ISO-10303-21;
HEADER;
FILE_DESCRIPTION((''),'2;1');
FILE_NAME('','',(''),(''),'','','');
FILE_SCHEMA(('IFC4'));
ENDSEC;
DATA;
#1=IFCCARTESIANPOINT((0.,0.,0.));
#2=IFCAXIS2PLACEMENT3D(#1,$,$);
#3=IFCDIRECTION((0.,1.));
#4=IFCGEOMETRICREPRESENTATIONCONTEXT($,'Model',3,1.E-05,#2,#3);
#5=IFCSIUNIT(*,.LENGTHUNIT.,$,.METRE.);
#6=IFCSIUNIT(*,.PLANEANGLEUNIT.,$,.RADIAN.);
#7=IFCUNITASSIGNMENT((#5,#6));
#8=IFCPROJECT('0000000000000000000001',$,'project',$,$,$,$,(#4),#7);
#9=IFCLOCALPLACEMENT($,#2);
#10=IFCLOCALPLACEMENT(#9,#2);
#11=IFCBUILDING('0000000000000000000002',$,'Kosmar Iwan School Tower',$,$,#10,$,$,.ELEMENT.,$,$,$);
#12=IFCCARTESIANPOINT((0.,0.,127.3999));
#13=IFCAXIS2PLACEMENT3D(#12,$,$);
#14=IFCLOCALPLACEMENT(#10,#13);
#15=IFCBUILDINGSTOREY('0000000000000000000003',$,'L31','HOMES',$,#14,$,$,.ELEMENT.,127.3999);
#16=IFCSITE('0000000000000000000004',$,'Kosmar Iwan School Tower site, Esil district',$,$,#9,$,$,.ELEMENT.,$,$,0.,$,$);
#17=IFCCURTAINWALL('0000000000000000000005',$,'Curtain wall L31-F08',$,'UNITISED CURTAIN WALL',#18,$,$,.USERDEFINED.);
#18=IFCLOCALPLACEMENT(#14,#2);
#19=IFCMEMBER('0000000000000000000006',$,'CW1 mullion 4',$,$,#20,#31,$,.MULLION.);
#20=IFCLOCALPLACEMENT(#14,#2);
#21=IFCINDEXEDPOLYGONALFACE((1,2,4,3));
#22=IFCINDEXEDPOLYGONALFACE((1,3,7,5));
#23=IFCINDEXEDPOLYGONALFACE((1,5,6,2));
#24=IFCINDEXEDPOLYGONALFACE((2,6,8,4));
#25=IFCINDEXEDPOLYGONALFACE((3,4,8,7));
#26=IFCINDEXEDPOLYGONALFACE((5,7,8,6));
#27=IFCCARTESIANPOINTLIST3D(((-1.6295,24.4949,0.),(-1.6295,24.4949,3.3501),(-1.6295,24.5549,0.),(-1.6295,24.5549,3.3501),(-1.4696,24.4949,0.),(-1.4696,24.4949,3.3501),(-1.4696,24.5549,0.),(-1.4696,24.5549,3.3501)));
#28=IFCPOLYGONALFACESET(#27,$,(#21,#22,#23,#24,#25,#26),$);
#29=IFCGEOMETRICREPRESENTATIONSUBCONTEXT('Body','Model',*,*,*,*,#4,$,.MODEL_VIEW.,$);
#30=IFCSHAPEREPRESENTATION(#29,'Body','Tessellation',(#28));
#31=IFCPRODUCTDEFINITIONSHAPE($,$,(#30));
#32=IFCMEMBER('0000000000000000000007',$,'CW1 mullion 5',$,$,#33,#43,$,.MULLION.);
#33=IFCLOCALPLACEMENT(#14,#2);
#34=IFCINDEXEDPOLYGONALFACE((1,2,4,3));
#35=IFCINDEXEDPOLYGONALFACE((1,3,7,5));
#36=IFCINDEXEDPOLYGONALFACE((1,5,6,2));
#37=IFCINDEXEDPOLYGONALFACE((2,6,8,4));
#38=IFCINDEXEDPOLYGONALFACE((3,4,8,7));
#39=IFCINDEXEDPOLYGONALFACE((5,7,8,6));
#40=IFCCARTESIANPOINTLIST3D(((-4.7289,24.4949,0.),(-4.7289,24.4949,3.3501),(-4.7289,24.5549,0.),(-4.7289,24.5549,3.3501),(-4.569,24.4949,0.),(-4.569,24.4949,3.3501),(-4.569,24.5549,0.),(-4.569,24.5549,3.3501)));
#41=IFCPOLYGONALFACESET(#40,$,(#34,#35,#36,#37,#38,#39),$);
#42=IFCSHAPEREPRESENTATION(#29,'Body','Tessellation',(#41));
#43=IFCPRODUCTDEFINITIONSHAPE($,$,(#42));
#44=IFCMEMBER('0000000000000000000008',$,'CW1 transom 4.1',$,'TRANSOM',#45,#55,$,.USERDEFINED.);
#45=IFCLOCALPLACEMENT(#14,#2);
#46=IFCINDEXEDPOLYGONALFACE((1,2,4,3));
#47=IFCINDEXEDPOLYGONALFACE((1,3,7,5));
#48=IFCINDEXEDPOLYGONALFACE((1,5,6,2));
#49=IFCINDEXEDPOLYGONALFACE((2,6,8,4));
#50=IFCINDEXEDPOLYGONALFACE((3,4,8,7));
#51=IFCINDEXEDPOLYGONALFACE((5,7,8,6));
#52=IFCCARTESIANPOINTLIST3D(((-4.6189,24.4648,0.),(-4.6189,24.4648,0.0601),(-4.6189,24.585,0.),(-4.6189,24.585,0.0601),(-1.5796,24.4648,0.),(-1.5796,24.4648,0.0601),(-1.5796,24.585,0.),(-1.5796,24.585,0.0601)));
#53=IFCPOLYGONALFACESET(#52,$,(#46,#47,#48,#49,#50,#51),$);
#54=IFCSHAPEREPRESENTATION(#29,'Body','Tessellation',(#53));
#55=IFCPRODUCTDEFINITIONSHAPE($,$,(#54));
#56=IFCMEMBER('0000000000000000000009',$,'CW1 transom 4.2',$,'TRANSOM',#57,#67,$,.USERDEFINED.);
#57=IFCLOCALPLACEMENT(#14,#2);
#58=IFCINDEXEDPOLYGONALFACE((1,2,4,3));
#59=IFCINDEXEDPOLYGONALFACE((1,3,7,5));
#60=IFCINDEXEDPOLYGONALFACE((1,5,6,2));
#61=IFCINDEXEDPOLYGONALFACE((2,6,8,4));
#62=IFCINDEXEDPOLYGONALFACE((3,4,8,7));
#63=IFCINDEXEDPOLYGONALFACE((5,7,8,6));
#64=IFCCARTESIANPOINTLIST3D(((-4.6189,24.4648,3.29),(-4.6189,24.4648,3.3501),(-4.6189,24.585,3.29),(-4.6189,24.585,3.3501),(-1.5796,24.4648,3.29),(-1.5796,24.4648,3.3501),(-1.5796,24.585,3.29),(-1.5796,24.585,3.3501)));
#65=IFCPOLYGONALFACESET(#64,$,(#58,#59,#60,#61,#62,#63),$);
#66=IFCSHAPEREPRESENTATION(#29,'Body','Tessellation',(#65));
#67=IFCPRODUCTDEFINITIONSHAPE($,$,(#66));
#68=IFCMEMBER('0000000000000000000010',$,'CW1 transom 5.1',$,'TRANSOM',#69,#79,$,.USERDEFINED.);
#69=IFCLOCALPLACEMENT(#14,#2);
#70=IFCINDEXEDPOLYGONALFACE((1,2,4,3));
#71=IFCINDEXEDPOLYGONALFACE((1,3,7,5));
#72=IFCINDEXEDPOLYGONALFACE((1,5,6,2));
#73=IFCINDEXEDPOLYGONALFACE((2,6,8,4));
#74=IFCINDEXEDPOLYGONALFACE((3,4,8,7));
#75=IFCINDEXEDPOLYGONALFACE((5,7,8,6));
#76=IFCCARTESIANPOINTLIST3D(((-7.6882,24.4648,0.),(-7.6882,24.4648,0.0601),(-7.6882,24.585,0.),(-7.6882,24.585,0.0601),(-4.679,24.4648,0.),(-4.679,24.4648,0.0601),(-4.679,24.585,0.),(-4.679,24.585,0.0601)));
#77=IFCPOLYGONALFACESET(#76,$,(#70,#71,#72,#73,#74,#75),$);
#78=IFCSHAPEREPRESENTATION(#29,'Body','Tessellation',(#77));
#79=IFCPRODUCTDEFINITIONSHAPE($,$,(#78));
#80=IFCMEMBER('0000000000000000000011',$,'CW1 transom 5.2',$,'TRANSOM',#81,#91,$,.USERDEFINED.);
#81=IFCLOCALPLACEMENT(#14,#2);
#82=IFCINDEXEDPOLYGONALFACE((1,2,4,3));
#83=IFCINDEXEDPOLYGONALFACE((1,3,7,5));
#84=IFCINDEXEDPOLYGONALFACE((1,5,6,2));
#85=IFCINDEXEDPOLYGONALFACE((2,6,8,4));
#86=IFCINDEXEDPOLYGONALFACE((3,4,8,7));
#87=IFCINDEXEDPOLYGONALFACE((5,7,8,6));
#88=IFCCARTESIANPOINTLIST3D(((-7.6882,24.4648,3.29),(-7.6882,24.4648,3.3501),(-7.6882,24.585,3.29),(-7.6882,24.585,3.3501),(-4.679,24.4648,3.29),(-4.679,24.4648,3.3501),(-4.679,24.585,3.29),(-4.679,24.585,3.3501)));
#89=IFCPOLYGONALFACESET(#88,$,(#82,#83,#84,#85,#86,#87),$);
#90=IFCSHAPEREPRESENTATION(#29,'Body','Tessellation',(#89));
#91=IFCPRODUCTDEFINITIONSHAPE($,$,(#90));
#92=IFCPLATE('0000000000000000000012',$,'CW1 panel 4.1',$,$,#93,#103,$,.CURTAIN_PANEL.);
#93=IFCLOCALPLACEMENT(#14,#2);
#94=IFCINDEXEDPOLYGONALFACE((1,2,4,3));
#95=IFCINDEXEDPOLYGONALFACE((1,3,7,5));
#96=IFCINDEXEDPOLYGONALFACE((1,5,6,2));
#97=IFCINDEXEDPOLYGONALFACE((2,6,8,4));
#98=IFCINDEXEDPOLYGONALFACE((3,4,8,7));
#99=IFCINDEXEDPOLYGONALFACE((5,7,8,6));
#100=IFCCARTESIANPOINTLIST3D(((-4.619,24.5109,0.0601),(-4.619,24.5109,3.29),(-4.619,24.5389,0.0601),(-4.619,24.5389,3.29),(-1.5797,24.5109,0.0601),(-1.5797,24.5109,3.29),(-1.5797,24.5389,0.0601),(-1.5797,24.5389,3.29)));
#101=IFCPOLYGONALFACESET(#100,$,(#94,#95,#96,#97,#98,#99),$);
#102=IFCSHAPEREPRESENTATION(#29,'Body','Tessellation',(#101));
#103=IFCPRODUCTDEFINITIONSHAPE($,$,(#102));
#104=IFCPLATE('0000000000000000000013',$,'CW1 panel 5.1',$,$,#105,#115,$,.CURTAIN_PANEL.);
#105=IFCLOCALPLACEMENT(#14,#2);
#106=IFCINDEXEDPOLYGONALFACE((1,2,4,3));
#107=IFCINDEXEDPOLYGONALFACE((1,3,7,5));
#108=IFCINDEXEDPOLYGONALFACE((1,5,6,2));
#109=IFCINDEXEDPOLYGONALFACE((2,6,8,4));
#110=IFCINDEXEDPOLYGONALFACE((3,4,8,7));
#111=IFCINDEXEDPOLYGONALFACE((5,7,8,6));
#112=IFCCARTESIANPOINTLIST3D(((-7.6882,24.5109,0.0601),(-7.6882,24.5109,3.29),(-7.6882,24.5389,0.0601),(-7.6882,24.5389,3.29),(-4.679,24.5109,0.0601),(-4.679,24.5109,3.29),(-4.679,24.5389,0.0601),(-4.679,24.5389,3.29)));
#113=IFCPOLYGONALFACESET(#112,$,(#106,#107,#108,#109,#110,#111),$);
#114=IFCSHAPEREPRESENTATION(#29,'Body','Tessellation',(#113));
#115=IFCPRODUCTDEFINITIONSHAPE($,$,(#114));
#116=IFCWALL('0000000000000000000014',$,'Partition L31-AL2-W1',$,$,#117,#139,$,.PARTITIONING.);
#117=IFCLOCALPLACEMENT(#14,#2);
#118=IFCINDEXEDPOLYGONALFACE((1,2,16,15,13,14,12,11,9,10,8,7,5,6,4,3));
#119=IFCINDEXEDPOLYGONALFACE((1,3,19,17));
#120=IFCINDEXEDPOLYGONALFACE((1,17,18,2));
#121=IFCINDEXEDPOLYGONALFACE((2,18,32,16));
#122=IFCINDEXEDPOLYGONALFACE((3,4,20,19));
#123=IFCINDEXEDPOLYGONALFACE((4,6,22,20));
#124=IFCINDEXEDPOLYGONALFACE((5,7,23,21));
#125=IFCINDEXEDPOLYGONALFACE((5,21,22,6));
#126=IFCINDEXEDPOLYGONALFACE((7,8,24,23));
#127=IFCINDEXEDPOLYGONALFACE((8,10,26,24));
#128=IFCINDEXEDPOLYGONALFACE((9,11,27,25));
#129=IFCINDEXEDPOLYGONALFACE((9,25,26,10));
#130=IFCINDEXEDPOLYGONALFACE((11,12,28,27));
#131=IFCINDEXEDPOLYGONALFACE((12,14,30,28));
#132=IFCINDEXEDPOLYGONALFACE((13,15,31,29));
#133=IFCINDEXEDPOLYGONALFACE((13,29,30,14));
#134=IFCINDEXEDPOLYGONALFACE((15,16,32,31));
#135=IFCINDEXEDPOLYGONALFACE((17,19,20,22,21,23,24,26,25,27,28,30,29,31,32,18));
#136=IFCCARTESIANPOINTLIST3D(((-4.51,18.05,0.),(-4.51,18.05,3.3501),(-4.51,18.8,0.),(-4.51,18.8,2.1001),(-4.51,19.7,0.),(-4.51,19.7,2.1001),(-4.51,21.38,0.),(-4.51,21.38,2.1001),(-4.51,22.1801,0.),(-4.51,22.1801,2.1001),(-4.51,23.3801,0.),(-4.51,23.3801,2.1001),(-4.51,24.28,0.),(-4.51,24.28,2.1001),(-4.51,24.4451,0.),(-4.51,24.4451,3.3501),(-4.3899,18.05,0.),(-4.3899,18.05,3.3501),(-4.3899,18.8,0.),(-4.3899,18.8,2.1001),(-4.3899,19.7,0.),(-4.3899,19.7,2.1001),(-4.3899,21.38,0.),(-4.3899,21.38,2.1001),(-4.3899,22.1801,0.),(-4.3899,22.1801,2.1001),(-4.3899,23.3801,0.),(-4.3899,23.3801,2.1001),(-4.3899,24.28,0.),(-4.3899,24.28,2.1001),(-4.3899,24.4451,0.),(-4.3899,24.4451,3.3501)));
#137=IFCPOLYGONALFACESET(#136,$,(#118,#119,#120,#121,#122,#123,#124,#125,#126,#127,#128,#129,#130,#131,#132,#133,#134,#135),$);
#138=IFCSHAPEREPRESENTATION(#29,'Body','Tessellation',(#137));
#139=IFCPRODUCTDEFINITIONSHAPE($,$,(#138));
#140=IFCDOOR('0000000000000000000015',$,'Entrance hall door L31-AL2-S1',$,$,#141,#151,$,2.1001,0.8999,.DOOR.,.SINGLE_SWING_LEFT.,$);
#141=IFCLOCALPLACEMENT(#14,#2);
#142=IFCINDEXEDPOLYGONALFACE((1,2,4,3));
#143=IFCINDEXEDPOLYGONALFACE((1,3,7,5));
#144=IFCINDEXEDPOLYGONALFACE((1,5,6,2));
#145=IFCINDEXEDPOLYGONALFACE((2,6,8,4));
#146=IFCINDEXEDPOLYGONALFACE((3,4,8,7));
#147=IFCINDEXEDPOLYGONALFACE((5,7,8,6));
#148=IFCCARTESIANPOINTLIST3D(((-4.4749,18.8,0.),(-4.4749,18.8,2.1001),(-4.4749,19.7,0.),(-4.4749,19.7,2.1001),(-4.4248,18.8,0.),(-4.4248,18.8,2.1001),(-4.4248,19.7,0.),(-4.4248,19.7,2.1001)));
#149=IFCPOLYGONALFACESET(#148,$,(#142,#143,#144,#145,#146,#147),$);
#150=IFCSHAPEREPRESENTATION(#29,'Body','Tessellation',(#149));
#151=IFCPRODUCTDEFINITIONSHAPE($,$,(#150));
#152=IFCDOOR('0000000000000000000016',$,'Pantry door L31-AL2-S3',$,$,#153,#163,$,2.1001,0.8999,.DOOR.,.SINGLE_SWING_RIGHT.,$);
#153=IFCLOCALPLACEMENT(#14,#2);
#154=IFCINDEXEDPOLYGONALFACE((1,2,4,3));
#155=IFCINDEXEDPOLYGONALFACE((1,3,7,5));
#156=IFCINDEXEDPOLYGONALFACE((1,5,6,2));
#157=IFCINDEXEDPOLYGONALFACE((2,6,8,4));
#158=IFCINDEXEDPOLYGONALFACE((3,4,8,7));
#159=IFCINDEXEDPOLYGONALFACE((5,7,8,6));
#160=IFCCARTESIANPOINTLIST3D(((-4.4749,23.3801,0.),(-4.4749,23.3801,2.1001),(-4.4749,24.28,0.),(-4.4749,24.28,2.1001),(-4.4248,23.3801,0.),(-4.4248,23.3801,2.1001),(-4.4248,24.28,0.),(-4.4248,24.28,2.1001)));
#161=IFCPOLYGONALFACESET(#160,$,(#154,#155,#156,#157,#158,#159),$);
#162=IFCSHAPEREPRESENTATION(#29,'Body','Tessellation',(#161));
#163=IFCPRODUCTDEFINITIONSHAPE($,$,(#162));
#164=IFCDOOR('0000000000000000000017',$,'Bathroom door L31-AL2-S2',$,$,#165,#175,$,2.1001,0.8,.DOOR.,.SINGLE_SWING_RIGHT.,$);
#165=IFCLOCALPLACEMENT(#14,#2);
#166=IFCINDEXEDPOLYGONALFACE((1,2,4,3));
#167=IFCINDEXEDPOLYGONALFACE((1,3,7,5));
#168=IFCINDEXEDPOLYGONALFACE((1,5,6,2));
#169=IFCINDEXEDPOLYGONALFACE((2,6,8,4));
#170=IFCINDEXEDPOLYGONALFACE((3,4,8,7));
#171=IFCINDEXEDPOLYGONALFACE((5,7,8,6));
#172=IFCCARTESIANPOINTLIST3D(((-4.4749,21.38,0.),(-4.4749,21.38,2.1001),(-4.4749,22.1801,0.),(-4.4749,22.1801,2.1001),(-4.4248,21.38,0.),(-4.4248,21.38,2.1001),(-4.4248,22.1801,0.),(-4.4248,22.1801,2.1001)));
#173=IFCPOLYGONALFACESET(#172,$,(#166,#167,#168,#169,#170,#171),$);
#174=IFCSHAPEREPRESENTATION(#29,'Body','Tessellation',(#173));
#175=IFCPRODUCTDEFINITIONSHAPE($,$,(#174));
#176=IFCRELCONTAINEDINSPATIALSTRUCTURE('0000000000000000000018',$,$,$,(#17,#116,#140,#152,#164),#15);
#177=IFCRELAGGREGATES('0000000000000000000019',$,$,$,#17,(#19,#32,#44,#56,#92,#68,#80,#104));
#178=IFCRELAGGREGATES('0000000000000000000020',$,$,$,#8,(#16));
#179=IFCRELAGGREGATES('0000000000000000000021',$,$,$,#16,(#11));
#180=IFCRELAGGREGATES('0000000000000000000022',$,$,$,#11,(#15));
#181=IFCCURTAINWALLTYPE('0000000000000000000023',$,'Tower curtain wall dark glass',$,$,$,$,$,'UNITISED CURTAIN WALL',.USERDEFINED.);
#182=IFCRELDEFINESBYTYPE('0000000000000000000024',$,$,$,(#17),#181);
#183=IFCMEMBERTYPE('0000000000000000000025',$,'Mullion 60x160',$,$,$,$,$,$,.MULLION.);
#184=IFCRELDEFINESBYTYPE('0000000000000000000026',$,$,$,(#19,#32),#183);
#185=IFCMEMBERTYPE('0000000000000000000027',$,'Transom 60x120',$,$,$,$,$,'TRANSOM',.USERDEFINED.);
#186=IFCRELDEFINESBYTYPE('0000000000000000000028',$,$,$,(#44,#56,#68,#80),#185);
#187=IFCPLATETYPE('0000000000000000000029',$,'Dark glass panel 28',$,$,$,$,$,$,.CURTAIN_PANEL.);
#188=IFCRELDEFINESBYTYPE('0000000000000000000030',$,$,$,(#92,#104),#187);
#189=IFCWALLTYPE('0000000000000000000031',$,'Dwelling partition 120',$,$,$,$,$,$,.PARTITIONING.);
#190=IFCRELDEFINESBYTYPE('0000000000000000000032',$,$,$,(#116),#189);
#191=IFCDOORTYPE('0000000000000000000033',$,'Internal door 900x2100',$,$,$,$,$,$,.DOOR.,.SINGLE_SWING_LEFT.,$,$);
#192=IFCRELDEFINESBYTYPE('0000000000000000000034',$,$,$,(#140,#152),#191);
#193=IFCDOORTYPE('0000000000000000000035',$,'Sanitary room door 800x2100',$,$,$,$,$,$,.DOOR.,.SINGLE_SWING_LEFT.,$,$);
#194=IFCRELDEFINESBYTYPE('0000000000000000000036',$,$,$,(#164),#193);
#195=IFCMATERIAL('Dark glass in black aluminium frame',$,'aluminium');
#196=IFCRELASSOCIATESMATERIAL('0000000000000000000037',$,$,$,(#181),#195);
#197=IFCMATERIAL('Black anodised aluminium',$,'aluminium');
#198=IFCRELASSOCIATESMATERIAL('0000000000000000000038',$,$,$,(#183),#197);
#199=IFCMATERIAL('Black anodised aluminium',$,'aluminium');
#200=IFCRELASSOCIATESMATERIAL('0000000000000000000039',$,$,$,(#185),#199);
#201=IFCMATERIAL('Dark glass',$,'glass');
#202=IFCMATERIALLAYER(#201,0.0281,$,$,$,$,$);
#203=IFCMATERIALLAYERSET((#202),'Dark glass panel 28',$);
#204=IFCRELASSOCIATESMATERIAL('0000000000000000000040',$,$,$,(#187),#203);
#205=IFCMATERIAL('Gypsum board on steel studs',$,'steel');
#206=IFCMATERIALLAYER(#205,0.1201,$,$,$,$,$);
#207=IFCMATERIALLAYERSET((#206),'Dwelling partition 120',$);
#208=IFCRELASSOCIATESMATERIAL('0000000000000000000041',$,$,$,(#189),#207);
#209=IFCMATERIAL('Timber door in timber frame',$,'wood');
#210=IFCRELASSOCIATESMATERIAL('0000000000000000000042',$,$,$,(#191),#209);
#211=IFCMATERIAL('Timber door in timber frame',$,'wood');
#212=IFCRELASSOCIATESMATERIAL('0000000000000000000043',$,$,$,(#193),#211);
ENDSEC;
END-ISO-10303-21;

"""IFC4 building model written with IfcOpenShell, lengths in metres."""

from ifc_helpers import new_model, si_unit, direction, frame, frame_2d, origin, origin_2d, place, context, subcontext, project, spatial, rectangle, extrude, material, layer, layer_set, material_profile, profile_set, type_object, element, fill, aggregate, save


model = new_model("IFC4")

# Units and contexts
model_context = context("Model", 3, precision=1e-05, world=origin(), true_north=direction((0.0, 1.0)))
body_context = subcontext(model_context, "Body", "Model", "MODEL_VIEW")
ifc_project = project(units=[si_unit("LENGTHUNIT", "METRE"), si_unit("PLANEANGLEUNIT", "RADIAN")], contexts=[model_context])

# Site, building, storey
site_placement = place(None, origin())
site = spatial("IfcSite", under=ifc_project, at=site_placement, Name="Kosmar Iwan School Tower site, Esil district", CompositionType="ELEMENT", RefElevation=0.0)
building_placement = place(site_placement, origin())
building = spatial("IfcBuilding", under=site, at=building_placement, Name="Kosmar Iwan School Tower", CompositionType="ELEMENT")
storey_placement = place(building_placement, frame((0.0, 0.0, 127.3999)))
storey = spatial("IfcBuildingStorey", under=building, at=storey_placement, Name="L31", Description="HOMES", CompositionType="ELEMENT", Elevation=127.3999)

# Curtain wall, members, plates
ifc_material_1 = material(Name="Dark glass in black aluminium frame", Category="aluminium")
curtain_wall_type = type_object("IfcCurtainWallType", Name="Tower curtain wall dark glass", ElementType="UNITISED CURTAIN WALL", PredefinedType="USERDEFINED", material=ifc_material_1)
curtain_wall_placement = place(storey_placement, origin())
curtain_wall = element("IfcCurtainWall", 1, at=curtain_wall_placement, inside=storey, type_object=curtain_wall_type, Name="Curtain wall L31-F08", ObjectType="UNITISED CURTAIN WALL", PredefinedType="USERDEFINED")
ifc_material_2 = material(Name="Black anodised aluminium", Category="aluminium")
ifc_material_profile_1 = material_profile(ifc_material_2, rectangle(XDim=0.0601, YDim=0.1599, at=origin_2d()), Name="MULLION 60x160")
ifc_profile_set_1 = profile_set([ifc_material_profile_1], Name="Black anodised aluminium")
member_type_1 = type_object("IfcMemberType", Name="Mullion 60x160", PredefinedType="MULLION", material=ifc_profile_set_1)
member_1_placement = place(storey_placement, frame((-1.5496, 24.5249, 0.0), z_axis=(0.0, 0.0, 1.0), x_axis=(0.0, -1.0, 0.0)))
member_1 = element("IfcMember", 2, at=member_1_placement, type_object=member_type_1, Name="CW1 mullion 4", PredefinedType="MULLION", context=body_context, shape_type="SweptSolid", body=[
    extrude(rectangle(XDim=0.0601, YDim=0.1599, at=origin_2d()), origin(), (0.0, 0.0, 1.0), 3.3501),
])
member_2_placement = place(storey_placement, frame((-4.6489, 24.5249, 0.0), z_axis=(0.0, 0.0, 1.0), x_axis=(0.0, -1.0, 0.0)))
member_2 = element("IfcMember", 3, at=member_2_placement, type_object=member_type_1, Name="CW1 mullion 5", PredefinedType="MULLION", context=body_context, shape_type="SweptSolid", body=[
    extrude(rectangle(XDim=0.0601, YDim=0.1599, at=origin_2d()), origin(), (0.0, 0.0, 1.0), 3.3501),
])
ifc_material_3 = material(Name="Black anodised aluminium", Category="aluminium")
ifc_material_profile_2 = material_profile(ifc_material_3, rectangle(XDim=0.1201, YDim=0.0601, at=origin_2d()), Name="TRANSOM 60x120")
ifc_profile_set_2 = profile_set([ifc_material_profile_2], Name="Black anodised aluminium")
member_type_2 = type_object("IfcMemberType", Name="Transom 60x120", ElementType="TRANSOM", PredefinedType="USERDEFINED", material=ifc_profile_set_2)
member_3_placement = place(storey_placement, frame((-1.5796, 24.5249, 0.03), z_axis=(-1.0, 0.0, 0.0), x_axis=(0.0, -1.0, 0.0)))
member_3 = element("IfcMember", 4, at=member_3_placement, type_object=member_type_2, Name="CW1 transom 4.1", ObjectType="TRANSOM", PredefinedType="USERDEFINED", context=body_context, shape_type="SweptSolid", body=[
    extrude(rectangle(XDim=0.1201, YDim=0.0601, at=origin_2d()), origin(), (0.0, 0.0, 1.0), 3.0393),
])
member_4_placement = place(storey_placement, frame((-1.5796, 24.5249, 3.3201), z_axis=(-1.0, 0.0, 0.0), x_axis=(0.0, -1.0, 0.0)))
member_4 = element("IfcMember", 5, at=member_4_placement, type_object=member_type_2, Name="CW1 transom 4.2", ObjectType="TRANSOM", PredefinedType="USERDEFINED", context=body_context, shape_type="SweptSolid", body=[
    extrude(rectangle(XDim=0.1201, YDim=0.0601, at=origin_2d()), origin(), (0.0, 0.0, 1.0), 3.0393),
])
member_5_placement = place(storey_placement, frame((-4.679, 24.5249, 0.03), z_axis=(-1.0, 0.0, 0.0), x_axis=(0.0, -1.0, 0.0)))
member_5 = element("IfcMember", 6, at=member_5_placement, type_object=member_type_2, Name="CW1 transom 5.1", ObjectType="TRANSOM", PredefinedType="USERDEFINED", context=body_context, shape_type="SweptSolid", body=[
    extrude(rectangle(XDim=0.1201, YDim=0.0601, at=origin_2d()), origin(), (0.0, 0.0, 1.0), 3.0093),
])
member_6_placement = place(storey_placement, frame((-4.679, 24.5249, 3.3201), z_axis=(-1.0, 0.0, 0.0), x_axis=(0.0, -1.0, 0.0)))
member_6 = element("IfcMember", 7, at=member_6_placement, type_object=member_type_2, Name="CW1 transom 5.2", ObjectType="TRANSOM", PredefinedType="USERDEFINED", context=body_context, shape_type="SweptSolid", body=[
    extrude(rectangle(XDim=0.1201, YDim=0.0601, at=origin_2d()), origin(), (0.0, 0.0, 1.0), 3.0093),
])
ifc_material_4 = material(Name="Dark glass", Category="glass")
ifc_layer_1 = layer(ifc_material_4, 0.0281)
ifc_layer_set_1 = layer_set([ifc_layer_1], Name="Dark glass panel 28")
plate_type = type_object("IfcPlateType", Name="Dark glass panel 28", PredefinedType="CURTAIN_PANEL", material=ifc_layer_set_1)
plate_1_placement = place(storey_placement, frame((-3.0994, 24.5249, 0.0601), z_axis=(0.0, 0.0, 1.0), x_axis=(-1.0, 0.0, 0.0)))
plate_1 = element("IfcPlate", 8, at=plate_1_placement, type_object=plate_type, Name="CW1 panel 4.1", PredefinedType="CURTAIN_PANEL", context=body_context, shape_type="SweptSolid", body=[
    extrude(rectangle(XDim=3.0393, YDim=0.0281, at=origin_2d()), origin(), (0.0, 0.0, 1.0), 3.23),
])
plate_2_placement = place(storey_placement, frame((-6.1836, 24.5249, 0.0601), z_axis=(0.0, 0.0, 1.0), x_axis=(-1.0, 0.0, 0.0)))
plate_2 = element("IfcPlate", 9, at=plate_2_placement, type_object=plate_type, Name="CW1 panel 5.1", PredefinedType="CURTAIN_PANEL", context=body_context, shape_type="SweptSolid", body=[
    extrude(rectangle(XDim=3.0093, YDim=0.0281, at=origin_2d()), origin(), (0.0, 0.0, 1.0), 3.23),
])
aggregate(curtain_wall, [member_1, member_2, member_3, member_4, plate_1, member_5, member_6, plate_2])

# Wall, openings, doors
ifc_material_5 = material(Name="Gypsum board on steel studs", Category="steel")
ifc_layer_2 = layer(ifc_material_5, 0.1201)
ifc_layer_set_2 = layer_set([ifc_layer_2], Name="Dwelling partition 120")
wall_type = type_object("IfcWallType", Name="Dwelling partition 120", PredefinedType="PARTITIONING", material=ifc_layer_set_2)
wall_1_placement = place(storey_placement, frame((-4.45, 18.05, 0.0), z_axis=(0.0, 0.0, 1.0), x_axis=(0.0, 1.0, 0.0)))
wall_1 = element("IfcWall", 10, at=wall_1_placement, inside=storey, type_object=wall_type, Name="Partition L31-AL2-W1", PredefinedType="PARTITIONING", context=body_context, shape_type="SweptSolid", body=[
    extrude(rectangle(XDim=6.395, YDim=0.1201, at=frame_2d((3.1975, 0.0))), origin(), (0.0, 0.0, 1.0), 3.3501),
])
opening_1_placement = place(wall_1_placement, frame((0.75, 0.0, 0.0)))
opening_1 = element("IfcOpeningElement", 11, at=opening_1_placement, cuts=wall_1, PredefinedType="OPENING", context=body_context, shape_type="SweptSolid", body=[
    extrude(rectangle(XDim=0.8999, YDim=2.1001, at=frame_2d((0.45, 1.05))), frame((0.0, 0.072, 0.0), z_axis=(0.0, -1.0, 0.0), x_axis=(1.0, 0.0, 0.0)), (0.0, 0.0, 1.0), 0.144),
])
opening_2_placement = place(wall_1_placement, frame((3.3301, 0.0, 0.0)))
opening_2 = element("IfcOpeningElement", 12, at=opening_2_placement, cuts=wall_1, PredefinedType="OPENING", context=body_context, shape_type="SweptSolid", body=[
    extrude(rectangle(XDim=0.8, YDim=2.1001, at=frame_2d((0.3999, 1.05))), frame((0.0, 0.072, 0.0), z_axis=(0.0, -1.0, 0.0), x_axis=(1.0, 0.0, 0.0)), (0.0, 0.0, 1.0), 0.144),
])
opening_3_placement = place(wall_1_placement, frame((5.3301, 0.0, 0.0)))
opening_3 = element("IfcOpeningElement", 13, at=opening_3_placement, cuts=wall_1, PredefinedType="OPENING", context=body_context, shape_type="SweptSolid", body=[
    extrude(rectangle(XDim=0.8999, YDim=2.1001, at=frame_2d((0.45, 1.05))), frame((0.0, 0.072, 0.0), z_axis=(0.0, -1.0, 0.0), x_axis=(1.0, 0.0, 0.0)), (0.0, 0.0, 1.0), 0.144),
])
ifc_material_6 = material(Name="Timber door in timber frame", Category="wood")
door_type_1 = type_object("IfcDoorType", Name="Internal door 900x2100", OperationType="SINGLE_SWING_LEFT", PredefinedType="DOOR", material=ifc_material_6)
door_1_placement = place(opening_1_placement, origin())
door_1 = element("IfcDoor", 14, at=door_1_placement, inside=storey, type_object=door_type_1, Name="Entrance hall door L31-AL2-S1", OperationType="SINGLE_SWING_LEFT", OverallHeight=2.1001, OverallWidth=0.8999, PredefinedType="DOOR", context=body_context, shape_type="SweptSolid", body=[
    extrude(rectangle(XDim=0.8999, YDim=2.1001, at=frame_2d((0.45, 1.05))), frame((0.0, 0.0249, 0.0), z_axis=(0.0, -1.0, 0.0), x_axis=(1.0, 0.0, 0.0)), (0.0, 0.0, 1.0), 0.05),
])
fill(opening_1, door_1)
door_2_placement = place(opening_3_placement, origin())
door_2 = element("IfcDoor", 15, at=door_2_placement, inside=storey, type_object=door_type_1, Name="Pantry door L31-AL2-S3", OperationType="SINGLE_SWING_RIGHT", OverallHeight=2.1001, OverallWidth=0.8999, PredefinedType="DOOR", context=body_context, shape_type="SweptSolid", body=[
    extrude(rectangle(XDim=0.8999, YDim=2.1001, at=frame_2d((0.45, 1.05))), frame((0.0, 0.0249, 0.0), z_axis=(0.0, -1.0, 0.0), x_axis=(1.0, 0.0, 0.0)), (0.0, 0.0, 1.0), 0.05),
])
fill(opening_3, door_2)
ifc_material_7 = material(Name="Timber door in timber frame", Category="wood")
door_type_2 = type_object("IfcDoorType", Name="Sanitary room door 800x2100", OperationType="SINGLE_SWING_LEFT", PredefinedType="DOOR", material=ifc_material_7)
door_3_placement = place(opening_2_placement, origin())
door_3 = element("IfcDoor", 16, at=door_3_placement, inside=storey, type_object=door_type_2, Name="Bathroom door L31-AL2-S2", OperationType="SINGLE_SWING_RIGHT", OverallHeight=2.1001, OverallWidth=0.8, PredefinedType="DOOR", context=body_context, shape_type="SweptSolid", body=[
    extrude(rectangle(XDim=0.8, YDim=2.1001, at=frame_2d((0.3999, 1.05))), frame((0.0, 0.0249, 0.0), z_axis=(0.0, -1.0, 0.0), x_axis=(1.0, 0.0, 0.0)), (0.0, 0.0, 1.0), 0.05),
])
fill(opening_2, door_3)

save(model, "model.ifc")
